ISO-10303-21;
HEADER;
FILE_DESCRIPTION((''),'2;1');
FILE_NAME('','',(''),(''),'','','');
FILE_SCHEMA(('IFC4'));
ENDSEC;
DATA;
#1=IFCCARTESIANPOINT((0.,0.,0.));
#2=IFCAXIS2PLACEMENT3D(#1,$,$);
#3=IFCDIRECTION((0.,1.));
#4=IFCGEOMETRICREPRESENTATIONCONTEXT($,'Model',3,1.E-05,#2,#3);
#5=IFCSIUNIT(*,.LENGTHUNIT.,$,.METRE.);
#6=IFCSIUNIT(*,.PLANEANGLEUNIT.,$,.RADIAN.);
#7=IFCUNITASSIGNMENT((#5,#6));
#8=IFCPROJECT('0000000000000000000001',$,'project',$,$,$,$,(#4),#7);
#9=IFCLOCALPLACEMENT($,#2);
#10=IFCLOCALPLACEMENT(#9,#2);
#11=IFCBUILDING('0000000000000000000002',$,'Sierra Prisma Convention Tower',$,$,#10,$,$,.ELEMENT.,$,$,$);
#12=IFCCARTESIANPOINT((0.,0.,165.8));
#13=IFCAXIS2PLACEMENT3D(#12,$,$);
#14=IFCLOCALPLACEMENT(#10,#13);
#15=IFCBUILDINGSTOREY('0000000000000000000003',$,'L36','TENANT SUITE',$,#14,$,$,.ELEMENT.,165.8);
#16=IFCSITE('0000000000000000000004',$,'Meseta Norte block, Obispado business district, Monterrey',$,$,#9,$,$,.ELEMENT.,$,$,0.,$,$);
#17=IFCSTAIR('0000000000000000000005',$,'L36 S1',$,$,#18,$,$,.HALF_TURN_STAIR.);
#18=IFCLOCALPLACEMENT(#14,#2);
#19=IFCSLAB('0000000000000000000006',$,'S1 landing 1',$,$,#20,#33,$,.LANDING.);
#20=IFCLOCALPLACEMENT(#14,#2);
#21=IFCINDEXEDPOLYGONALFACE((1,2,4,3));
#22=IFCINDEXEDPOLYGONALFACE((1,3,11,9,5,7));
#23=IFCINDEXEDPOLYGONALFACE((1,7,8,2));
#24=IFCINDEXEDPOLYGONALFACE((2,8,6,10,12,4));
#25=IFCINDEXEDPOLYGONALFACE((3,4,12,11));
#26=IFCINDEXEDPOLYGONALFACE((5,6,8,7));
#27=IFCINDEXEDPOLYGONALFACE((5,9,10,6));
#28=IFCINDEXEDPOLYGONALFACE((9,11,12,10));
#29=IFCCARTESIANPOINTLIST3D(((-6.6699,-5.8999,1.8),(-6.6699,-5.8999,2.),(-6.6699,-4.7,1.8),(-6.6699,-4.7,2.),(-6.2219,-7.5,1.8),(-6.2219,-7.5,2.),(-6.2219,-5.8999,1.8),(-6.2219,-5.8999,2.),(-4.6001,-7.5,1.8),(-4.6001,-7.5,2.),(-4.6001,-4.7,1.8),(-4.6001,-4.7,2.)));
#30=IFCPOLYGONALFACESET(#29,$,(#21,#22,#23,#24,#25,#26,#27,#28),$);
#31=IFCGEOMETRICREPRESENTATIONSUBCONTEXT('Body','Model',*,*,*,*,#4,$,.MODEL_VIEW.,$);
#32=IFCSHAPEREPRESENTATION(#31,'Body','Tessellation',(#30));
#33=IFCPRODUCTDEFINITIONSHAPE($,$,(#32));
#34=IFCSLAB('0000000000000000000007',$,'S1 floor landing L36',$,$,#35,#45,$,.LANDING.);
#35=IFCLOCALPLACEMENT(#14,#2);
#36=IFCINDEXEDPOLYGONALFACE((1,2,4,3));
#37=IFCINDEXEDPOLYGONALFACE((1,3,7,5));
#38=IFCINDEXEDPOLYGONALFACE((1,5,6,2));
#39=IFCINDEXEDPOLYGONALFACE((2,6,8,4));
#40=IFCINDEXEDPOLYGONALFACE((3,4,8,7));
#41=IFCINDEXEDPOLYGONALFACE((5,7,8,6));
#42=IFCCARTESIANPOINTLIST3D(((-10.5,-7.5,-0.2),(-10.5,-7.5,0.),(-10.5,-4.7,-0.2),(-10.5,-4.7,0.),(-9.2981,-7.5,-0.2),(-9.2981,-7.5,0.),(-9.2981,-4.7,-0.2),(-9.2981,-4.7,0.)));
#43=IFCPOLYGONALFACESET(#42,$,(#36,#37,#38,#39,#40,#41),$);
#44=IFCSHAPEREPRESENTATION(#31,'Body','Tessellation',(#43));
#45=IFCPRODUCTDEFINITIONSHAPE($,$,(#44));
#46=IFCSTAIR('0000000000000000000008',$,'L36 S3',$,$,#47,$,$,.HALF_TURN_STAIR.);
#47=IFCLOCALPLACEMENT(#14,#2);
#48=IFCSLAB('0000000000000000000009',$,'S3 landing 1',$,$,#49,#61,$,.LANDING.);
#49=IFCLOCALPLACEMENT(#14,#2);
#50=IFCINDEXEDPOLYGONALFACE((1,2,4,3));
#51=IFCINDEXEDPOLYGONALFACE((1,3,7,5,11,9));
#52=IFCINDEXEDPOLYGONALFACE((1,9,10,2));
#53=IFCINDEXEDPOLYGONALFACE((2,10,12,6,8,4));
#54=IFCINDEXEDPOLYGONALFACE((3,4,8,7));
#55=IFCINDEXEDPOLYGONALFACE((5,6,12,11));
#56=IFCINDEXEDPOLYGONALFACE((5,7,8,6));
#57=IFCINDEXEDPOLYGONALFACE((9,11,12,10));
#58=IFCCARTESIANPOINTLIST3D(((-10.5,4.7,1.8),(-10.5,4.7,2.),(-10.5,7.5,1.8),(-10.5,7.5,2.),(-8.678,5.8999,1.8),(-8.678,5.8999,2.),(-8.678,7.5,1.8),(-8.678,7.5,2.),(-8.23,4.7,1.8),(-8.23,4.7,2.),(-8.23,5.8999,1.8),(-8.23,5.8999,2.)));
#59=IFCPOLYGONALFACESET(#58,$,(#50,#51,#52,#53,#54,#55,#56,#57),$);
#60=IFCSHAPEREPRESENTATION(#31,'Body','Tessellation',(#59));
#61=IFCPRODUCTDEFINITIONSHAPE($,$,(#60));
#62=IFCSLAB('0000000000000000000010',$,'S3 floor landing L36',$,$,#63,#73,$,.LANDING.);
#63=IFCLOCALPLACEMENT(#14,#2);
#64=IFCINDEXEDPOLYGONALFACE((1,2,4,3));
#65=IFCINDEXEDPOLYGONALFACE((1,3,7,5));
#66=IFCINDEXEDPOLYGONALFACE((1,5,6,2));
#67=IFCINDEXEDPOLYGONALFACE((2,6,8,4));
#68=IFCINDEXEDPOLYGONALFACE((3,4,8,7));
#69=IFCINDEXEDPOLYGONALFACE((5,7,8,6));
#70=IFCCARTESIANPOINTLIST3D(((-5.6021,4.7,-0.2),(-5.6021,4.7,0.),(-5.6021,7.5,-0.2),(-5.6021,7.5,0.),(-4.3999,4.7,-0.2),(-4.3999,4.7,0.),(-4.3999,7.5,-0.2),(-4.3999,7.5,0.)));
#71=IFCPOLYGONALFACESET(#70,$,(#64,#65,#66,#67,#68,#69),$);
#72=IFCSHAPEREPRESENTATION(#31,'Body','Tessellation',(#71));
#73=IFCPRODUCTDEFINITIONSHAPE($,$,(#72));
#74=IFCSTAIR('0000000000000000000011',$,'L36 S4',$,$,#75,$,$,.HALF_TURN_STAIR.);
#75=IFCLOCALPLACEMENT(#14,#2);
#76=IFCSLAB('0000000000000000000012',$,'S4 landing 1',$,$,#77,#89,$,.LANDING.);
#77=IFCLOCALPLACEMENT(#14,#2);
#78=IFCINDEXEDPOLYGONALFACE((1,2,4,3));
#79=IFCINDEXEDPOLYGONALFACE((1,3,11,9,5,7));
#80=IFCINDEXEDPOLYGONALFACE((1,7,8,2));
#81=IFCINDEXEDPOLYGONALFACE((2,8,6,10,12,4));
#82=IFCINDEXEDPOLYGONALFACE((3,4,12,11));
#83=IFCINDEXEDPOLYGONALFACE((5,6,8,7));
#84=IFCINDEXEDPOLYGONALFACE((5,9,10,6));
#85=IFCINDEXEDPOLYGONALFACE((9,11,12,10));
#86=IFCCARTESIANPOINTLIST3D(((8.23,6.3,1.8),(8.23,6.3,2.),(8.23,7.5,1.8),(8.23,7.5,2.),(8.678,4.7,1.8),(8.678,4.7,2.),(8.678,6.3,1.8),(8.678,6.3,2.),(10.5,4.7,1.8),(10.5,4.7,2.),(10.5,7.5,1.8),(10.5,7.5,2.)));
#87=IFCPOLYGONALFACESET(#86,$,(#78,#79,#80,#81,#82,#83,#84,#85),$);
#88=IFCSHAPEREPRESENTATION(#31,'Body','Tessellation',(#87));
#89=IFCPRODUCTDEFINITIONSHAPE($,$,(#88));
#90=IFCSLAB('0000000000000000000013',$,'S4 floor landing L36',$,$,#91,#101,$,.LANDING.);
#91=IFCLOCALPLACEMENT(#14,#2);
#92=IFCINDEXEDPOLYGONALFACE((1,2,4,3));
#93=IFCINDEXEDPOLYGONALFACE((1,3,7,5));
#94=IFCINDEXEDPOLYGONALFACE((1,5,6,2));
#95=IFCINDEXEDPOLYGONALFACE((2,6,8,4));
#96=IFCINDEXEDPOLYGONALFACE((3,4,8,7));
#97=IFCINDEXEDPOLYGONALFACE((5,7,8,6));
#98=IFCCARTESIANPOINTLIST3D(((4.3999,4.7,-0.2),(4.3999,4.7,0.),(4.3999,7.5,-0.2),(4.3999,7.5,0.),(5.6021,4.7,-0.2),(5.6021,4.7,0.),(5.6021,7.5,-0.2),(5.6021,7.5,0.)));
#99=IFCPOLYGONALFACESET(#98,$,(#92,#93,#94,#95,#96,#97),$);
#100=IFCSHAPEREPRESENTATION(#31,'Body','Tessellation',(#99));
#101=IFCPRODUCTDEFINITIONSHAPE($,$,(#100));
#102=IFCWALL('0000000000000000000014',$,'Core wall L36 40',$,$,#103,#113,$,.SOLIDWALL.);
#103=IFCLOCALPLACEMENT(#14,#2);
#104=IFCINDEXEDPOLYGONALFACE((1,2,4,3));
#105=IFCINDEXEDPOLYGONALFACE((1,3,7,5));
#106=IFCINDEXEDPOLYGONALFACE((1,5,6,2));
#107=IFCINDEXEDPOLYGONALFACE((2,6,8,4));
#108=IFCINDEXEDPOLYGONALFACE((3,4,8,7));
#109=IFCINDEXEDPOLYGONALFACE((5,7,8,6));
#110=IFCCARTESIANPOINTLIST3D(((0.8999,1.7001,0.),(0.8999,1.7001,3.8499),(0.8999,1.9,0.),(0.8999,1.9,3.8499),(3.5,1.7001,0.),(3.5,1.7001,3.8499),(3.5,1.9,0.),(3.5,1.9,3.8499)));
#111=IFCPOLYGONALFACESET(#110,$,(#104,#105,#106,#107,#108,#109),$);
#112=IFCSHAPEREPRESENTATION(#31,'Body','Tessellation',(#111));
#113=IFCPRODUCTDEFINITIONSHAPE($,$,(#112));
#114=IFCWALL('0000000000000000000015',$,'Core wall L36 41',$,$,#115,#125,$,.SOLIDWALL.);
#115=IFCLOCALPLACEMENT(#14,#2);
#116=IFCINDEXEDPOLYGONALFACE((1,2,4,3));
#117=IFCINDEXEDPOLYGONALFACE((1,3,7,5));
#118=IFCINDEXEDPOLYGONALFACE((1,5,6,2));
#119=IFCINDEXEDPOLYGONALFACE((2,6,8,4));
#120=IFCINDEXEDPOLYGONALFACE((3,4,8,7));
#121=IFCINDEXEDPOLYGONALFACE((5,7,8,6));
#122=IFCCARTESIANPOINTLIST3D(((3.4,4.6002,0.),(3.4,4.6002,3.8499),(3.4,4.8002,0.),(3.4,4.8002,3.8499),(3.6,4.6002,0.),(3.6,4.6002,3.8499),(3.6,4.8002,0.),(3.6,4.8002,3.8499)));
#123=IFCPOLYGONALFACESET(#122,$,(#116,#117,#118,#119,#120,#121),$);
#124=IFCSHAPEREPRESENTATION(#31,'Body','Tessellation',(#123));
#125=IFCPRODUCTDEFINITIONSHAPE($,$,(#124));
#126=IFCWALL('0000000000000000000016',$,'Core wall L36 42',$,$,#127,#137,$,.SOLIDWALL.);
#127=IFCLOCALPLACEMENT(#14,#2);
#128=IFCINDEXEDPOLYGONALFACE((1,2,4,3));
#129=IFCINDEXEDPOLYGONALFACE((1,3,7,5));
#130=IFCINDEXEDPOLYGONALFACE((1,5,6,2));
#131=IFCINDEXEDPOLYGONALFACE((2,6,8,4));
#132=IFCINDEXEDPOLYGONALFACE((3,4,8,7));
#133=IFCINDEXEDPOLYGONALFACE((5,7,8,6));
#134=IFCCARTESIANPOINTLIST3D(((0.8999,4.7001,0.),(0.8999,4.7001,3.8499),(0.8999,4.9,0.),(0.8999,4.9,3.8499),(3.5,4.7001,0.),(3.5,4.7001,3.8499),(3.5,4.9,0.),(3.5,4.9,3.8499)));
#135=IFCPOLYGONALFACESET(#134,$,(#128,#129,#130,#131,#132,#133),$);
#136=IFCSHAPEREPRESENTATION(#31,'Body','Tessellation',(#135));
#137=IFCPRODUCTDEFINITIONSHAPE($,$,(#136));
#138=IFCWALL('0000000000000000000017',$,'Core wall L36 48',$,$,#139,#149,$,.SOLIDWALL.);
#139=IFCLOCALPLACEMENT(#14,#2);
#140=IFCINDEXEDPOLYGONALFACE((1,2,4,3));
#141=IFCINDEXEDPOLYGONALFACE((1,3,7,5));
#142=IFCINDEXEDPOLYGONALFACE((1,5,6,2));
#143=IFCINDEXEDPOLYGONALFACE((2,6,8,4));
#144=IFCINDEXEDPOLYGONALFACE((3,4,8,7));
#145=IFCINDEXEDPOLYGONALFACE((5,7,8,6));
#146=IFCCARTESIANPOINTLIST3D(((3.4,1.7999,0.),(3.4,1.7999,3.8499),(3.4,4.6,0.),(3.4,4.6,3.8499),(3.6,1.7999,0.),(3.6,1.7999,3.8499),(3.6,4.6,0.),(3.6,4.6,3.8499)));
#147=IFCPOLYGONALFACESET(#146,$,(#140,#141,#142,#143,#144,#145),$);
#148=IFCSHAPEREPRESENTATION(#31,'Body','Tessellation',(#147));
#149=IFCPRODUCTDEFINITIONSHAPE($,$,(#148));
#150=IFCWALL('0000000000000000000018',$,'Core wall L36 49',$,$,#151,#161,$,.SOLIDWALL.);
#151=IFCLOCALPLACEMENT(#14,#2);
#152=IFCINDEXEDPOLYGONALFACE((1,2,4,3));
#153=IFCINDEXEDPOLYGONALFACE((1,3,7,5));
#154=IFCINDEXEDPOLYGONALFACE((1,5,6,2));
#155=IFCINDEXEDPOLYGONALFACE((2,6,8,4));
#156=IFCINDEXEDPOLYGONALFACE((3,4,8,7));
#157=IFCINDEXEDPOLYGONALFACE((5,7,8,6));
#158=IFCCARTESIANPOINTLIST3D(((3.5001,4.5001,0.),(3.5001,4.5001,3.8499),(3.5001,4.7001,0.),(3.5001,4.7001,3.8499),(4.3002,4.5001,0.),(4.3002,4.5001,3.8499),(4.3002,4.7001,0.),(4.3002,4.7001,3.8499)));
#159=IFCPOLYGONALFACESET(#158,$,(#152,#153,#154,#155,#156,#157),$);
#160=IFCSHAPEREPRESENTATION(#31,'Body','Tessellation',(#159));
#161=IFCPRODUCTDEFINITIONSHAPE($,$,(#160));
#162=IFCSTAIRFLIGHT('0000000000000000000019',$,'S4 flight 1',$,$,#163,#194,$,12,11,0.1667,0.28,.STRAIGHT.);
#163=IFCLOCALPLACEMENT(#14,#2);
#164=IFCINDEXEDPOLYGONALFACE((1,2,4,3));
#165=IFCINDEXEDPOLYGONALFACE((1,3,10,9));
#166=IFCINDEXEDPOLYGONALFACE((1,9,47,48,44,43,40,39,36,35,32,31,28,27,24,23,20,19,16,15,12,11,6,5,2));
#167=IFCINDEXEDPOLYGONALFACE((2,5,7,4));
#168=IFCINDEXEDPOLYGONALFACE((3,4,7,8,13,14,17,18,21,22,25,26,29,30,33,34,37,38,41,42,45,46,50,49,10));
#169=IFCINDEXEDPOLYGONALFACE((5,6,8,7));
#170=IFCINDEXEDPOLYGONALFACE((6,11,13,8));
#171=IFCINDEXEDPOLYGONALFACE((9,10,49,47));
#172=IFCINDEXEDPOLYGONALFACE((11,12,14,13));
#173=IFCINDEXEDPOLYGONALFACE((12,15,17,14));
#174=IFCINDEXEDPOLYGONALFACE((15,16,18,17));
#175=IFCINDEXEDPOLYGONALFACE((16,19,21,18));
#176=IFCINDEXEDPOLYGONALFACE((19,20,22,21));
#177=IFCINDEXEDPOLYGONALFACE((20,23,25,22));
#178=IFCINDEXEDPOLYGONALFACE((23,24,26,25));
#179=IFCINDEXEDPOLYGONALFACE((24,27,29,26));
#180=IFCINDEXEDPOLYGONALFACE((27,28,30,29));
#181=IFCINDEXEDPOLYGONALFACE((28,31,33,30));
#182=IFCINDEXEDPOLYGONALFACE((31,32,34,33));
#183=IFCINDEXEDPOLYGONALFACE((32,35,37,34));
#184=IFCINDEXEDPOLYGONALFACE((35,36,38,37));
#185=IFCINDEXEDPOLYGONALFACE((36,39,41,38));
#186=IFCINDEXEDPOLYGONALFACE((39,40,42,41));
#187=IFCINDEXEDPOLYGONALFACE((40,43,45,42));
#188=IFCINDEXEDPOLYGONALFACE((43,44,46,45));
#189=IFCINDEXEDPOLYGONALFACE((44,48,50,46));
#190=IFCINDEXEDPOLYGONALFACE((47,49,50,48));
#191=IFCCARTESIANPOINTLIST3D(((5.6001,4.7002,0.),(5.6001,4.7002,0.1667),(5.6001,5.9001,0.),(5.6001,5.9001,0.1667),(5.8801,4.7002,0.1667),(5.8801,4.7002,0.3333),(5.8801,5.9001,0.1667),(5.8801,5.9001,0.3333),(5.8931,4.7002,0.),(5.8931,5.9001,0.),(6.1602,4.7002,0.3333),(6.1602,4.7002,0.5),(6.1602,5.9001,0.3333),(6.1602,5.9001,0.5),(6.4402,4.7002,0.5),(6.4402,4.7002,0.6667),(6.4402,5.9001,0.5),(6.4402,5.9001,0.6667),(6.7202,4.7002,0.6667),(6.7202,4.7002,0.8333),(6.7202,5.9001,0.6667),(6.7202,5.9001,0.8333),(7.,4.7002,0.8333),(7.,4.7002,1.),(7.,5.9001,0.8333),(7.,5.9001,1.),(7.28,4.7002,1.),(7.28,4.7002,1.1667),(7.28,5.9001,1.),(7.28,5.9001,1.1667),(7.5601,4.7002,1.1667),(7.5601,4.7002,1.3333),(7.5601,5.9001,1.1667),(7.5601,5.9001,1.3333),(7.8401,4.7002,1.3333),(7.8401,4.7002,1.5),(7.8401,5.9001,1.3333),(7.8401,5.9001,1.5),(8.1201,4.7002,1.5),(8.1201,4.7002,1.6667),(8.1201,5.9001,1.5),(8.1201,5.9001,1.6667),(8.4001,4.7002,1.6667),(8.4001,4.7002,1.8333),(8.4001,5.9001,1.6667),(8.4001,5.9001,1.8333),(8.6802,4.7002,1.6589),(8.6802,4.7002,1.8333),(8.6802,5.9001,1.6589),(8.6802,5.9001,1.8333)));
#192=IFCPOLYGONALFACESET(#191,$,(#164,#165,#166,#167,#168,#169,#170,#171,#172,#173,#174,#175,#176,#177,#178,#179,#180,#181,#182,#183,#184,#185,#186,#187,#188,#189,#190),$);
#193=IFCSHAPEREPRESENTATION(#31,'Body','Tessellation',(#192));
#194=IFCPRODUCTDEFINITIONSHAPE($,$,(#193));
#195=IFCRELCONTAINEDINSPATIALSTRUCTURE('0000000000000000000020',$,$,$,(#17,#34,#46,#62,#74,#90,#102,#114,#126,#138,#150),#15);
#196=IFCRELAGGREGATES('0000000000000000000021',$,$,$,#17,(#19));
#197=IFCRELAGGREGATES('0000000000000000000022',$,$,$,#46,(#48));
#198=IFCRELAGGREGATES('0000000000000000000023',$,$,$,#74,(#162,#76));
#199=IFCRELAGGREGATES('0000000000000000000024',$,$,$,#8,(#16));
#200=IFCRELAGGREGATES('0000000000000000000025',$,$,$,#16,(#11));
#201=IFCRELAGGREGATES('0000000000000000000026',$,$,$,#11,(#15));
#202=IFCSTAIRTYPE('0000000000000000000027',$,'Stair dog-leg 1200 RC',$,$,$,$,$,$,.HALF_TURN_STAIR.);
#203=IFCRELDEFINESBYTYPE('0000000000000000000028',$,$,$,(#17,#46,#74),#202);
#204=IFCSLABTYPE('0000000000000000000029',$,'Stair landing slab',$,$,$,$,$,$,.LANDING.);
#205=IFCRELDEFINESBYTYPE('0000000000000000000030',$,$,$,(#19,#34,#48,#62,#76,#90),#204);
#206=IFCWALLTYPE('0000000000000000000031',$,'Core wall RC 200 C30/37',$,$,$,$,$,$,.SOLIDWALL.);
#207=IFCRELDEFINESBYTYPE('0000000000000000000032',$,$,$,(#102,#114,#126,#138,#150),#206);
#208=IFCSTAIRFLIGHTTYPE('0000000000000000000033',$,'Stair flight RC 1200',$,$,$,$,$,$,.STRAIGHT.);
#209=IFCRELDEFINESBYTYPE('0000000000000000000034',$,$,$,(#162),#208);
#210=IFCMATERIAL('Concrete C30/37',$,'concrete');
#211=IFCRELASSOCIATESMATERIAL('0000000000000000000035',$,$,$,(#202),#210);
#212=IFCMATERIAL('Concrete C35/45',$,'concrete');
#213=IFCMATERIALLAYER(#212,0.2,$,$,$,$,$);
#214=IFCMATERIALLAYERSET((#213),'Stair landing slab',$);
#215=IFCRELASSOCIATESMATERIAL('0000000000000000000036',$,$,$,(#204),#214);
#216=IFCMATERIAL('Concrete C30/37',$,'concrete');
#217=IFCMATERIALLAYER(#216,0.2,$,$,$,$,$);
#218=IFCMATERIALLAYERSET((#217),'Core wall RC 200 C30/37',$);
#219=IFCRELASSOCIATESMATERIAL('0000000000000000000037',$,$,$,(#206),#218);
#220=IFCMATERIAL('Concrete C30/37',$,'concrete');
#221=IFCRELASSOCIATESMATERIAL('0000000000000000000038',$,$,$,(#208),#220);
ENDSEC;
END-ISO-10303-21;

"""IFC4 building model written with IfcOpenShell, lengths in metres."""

from ifc_helpers import new_model, si_unit, direction, frame, frame_2d, origin, place, context, subcontext, project, spatial, polyline, rectangle, outline, extrude, material, layer, layer_set, type_object, element, aggregate, save


model = new_model("IFC4")

# Units and contexts
model_context = context("Model", 3, precision=1e-05, world=origin(), true_north=direction((0.0, 1.0)))
body_context = subcontext(model_context, "Body", "Model", "MODEL_VIEW")
ifc_project = project(units=[si_unit("LENGTHUNIT", "METRE"), si_unit("PLANEANGLEUNIT", "RADIAN")], contexts=[model_context])

# Site, building, storey
site_placement = place(None, origin())
site = spatial("IfcSite", under=ifc_project, at=site_placement, Name="Meseta Norte block, Obispado business district, Monterrey", CompositionType="ELEMENT", RefElevation=0.0)
building_placement = place(site_placement, origin())
building = spatial("IfcBuilding", under=site, at=building_placement, Name="Sierra Prisma Convention Tower", CompositionType="ELEMENT")
storey_placement = place(building_placement, frame((0.0, 0.0, 165.8)))
storey = spatial("IfcBuildingStorey", under=building, at=storey_placement, Name="L36", Description="TENANT SUITE", CompositionType="ELEMENT", Elevation=165.8)

# Stair, slab
ifc_material_1 = material(Name="Concrete C30/37", Category="concrete")
stair_type = type_object("IfcStairType", Name="Stair dog-leg 1200 RC", PredefinedType="HALF_TURN_STAIR", material=ifc_material_1)
stair_1_placement = place(storey_placement, origin())
stair_1 = element("IfcStair", 1, at=stair_1_placement, inside=storey, type_object=stair_type, Name="L36 S1", PredefinedType="HALF_TURN_STAIR")
ifc_material_2 = material(Name="Concrete C35/45", Category="concrete")
ifc_layer_1 = layer(ifc_material_2, 0.2)
ifc_layer_set_1 = layer_set([ifc_layer_1], Name="Stair landing slab")
slab_type = type_object("IfcSlabType", Name="Stair landing slab", PredefinedType="LANDING", material=ifc_layer_set_1)
slab_1_placement = place(storey_placement, frame((0.0, 0.0, 1.8)))
slab_1 = element("IfcSlab", 2, at=slab_1_placement, type_object=slab_type, Name="S1 landing 1", PredefinedType="LANDING", context=body_context, shape_type="SweptSolid", body=[
    extrude(outline(polyline([(-4.6001, -4.7), (-4.6001, -7.5), (-6.2219, -7.5), (-6.2219, -5.8999), (-6.6699, -5.8999), (-6.6699, -4.7), (-4.6001, -4.7)])), origin(), (0.0, 0.0, 1.0), 0.2),
])
aggregate(stair_1, [slab_1])

# Slab
slab_2_placement = place(storey_placement, frame((0.0, 0.0, -0.2)))
element("IfcSlab", 3, at=slab_2_placement, inside=storey, type_object=slab_type, Name="S1 floor landing L36", PredefinedType="LANDING", context=body_context, shape_type="SweptSolid", body=[
    extrude(outline(polyline([(-10.5, -7.5), (-9.2981, -7.5), (-9.2981, -4.7), (-10.5, -4.7), (-10.5, -7.5)])), origin(), (0.0, 0.0, 1.0), 0.2),
])

# Stair, slab
stair_2_placement = place(storey_placement, origin())
stair_2 = element("IfcStair", 4, at=stair_2_placement, inside=storey, type_object=stair_type, Name="L36 S3", PredefinedType="HALF_TURN_STAIR")
slab_3_placement = place(storey_placement, frame((0.0, 0.0, 1.8)))
slab_3 = element("IfcSlab", 5, at=slab_3_placement, type_object=slab_type, Name="S3 landing 1", PredefinedType="LANDING", context=body_context, shape_type="SweptSolid", body=[
    extrude(outline(polyline([(-8.23, 5.8999), (-8.23, 4.7), (-10.5, 4.7), (-10.5, 7.5), (-8.678, 7.5), (-8.678, 5.8999), (-8.23, 5.8999)])), origin(), (0.0, 0.0, 1.0), 0.2),
])
aggregate(stair_2, [slab_3])

# Slab
slab_4_placement = place(storey_placement, frame((0.0, 0.0, -0.2)))
element("IfcSlab", 6, at=slab_4_placement, inside=storey, type_object=slab_type, Name="S3 floor landing L36", PredefinedType="LANDING", context=body_context, shape_type="SweptSolid", body=[
    extrude(outline(polyline([(-4.3999, 7.5), (-5.6021, 7.5), (-5.6021, 4.7), (-4.3999, 4.7), (-4.3999, 7.5)])), origin(), (0.0, 0.0, 1.0), 0.2),
])

# Stair, slab
stair_3_placement = place(storey_placement, origin())
stair_3 = element("IfcStair", 7, at=stair_3_placement, inside=storey, type_object=stair_type, Name="L36 S4", PredefinedType="HALF_TURN_STAIR")
slab_5_placement = place(storey_placement, frame((0.0, 0.0, 1.8)))
slab_5 = element("IfcSlab", 8, at=slab_5_placement, type_object=slab_type, Name="S4 landing 1", PredefinedType="LANDING", context=body_context, shape_type="SweptSolid", body=[
    extrude(outline(polyline([(10.5, 7.5), (10.5, 4.7), (8.678, 4.7), (8.678, 6.3), (8.23, 6.3), (8.23, 7.5), (10.5, 7.5)])), origin(), (0.0, 0.0, 1.0), 0.2),
])

# Slab
slab_6_placement = place(storey_placement, frame((0.0, 0.0, -0.2)))
element("IfcSlab", 9, at=slab_6_placement, inside=storey, type_object=slab_type, Name="S4 floor landing L36", PredefinedType="LANDING", context=body_context, shape_type="SweptSolid", body=[
    extrude(outline(polyline([(4.3999, 4.7), (5.6021, 4.7), (5.6021, 7.5), (4.3999, 7.5), (4.3999, 4.7)])), origin(), (0.0, 0.0, 1.0), 0.2),
])

# Shared definitions
ifc_material_3 = material(Name="Concrete C30/37", Category="concrete")
ifc_layer_2 = layer(ifc_material_3, 0.2)
ifc_layer_set_2 = layer_set([ifc_layer_2], Name="Core wall RC 200 C30/37")
wall_type = type_object("IfcWallType", Name="Core wall RC 200 C30/37", PredefinedType="SOLIDWALL", material=ifc_layer_set_2)

# Walls
wall_1_placement = place(storey_placement, frame((3.5, 1.8, 0.0), z_axis=(0.0, 0.0, 1.0), x_axis=(-1.0, 0.0, 0.0)))
element("IfcWall", 10, at=wall_1_placement, inside=storey, type_object=wall_type, Name="Core wall L36 40", PredefinedType="SOLIDWALL", context=body_context, shape_type="SweptSolid", body=[
    extrude(rectangle(XDim=2.6001, YDim=0.2, at=frame_2d((1.3, 0.0))), origin(), (0.0, 0.0, 1.0), 3.8499),
])
wall_2_placement = place(storey_placement, frame((3.5, 4.6001, 0.0), z_axis=(0.0, 0.0, 1.0), x_axis=(0.0, 1.0, 0.0)))
element("IfcWall", 11, at=wall_2_placement, inside=storey, type_object=wall_type, Name="Core wall L36 41", PredefinedType="SOLIDWALL", context=body_context, shape_type="SweptSolid", body=[
    extrude(rectangle(XDim=0.2, YDim=0.2, at=frame_2d((0.1001, 0.0))), origin(), (0.0, 0.0, 1.0), 3.8499),
])
wall_3_placement = place(storey_placement, frame((3.5, 4.8, 0.0), z_axis=(0.0, 0.0, 1.0), x_axis=(-1.0, 0.0, 0.0)))
element("IfcWall", 12, at=wall_3_placement, inside=storey, type_object=wall_type, Name="Core wall L36 42", PredefinedType="SOLIDWALL", context=body_context, shape_type="SweptSolid", body=[
    extrude(rectangle(XDim=2.6001, YDim=0.2, at=frame_2d((1.3, 0.0))), origin(), (0.0, 0.0, 1.0), 3.8499),
])

# Walls
wall_4_placement = place(storey_placement, frame((3.5, 1.8, 0.0), z_axis=(0.0, 0.0, 1.0), x_axis=(0.0, 1.0, 0.0)))
element("IfcWall", 13, at=wall_4_placement, inside=storey, type_object=wall_type, Name="Core wall L36 48", PredefinedType="SOLIDWALL", context=body_context, shape_type="SweptSolid", body=[
    extrude(rectangle(XDim=2.8, YDim=0.2, at=frame_2d((1.3999, 0.0))), origin(), (0.0, 0.0, 1.0), 3.8499),
])
wall_5_placement = place(storey_placement, frame((4.3, 4.6001, 0.0), z_axis=(0.0, 0.0, 1.0), x_axis=(-1.0, 0.0, 0.0)))
element("IfcWall", 14, at=wall_5_placement, inside=storey, type_object=wall_type, Name="Core wall L36 49", PredefinedType="SOLIDWALL", context=body_context, shape_type="SweptSolid", body=[
    extrude(rectangle(XDim=0.8, YDim=0.2, at=frame_2d((0.3999, 0.0))), origin(), (0.0, 0.0, 1.0), 3.8499),
])

# Stair flight
ifc_material_4 = material(Name="Concrete C30/37", Category="concrete")
stair_flight_type = type_object("IfcStairFlightType", Name="Stair flight RC 1200", PredefinedType="STRAIGHT", material=ifc_material_4)
stair_flight_placement = place(storey_placement, frame((5.6001, 5.3, 0.0), z_axis=(0.0, 0.0, 1.0), x_axis=(1.0, 0.0, 0.0)))
stair_flight = element("IfcStairFlight", 15, at=stair_flight_placement, type_object=stair_flight_type, Name="S4 flight 1", NumberOfRisers=12, NumberOfTreads=11, PredefinedType="STRAIGHT", RiserHeight=0.1667, TreadLength=0.28, context=body_context, shape_type="SweptSolid", body=[
    extrude(outline(polyline([(0.0, 0.0), (0.0, 0.1667), (0.28, 0.1667), (0.28, 0.3333), (0.5601, 0.3333), (0.5601, 0.5), (0.8401, 0.5), (0.8401, 0.6667), (1.1201, 0.6667), (1.1201, 0.8333), (1.3999, 0.8333), (1.3999, 1.0), (1.6799, 1.0), (1.6799, 1.1667), (1.96, 1.1667), (1.96, 1.3333), (2.24, 1.3333), (2.24, 1.5), (2.52, 1.5), (2.52, 1.6667), (2.8, 1.6667), (2.8, 1.8333), (3.0801, 1.8333), (3.0801, 2.0), (3.0801, 1.6589), (0.293, 0.0), (0.0, 0.0)])), frame((0.0, 0.6001, 0.0), z_axis=(0.0, -1.0, 0.0), x_axis=(1.0, 0.0, 0.0)), (0.0, 0.0, 1.0), 1.2),
])
aggregate(stair_3, [stair_flight, slab_5])

save(model, "model.ifc")
